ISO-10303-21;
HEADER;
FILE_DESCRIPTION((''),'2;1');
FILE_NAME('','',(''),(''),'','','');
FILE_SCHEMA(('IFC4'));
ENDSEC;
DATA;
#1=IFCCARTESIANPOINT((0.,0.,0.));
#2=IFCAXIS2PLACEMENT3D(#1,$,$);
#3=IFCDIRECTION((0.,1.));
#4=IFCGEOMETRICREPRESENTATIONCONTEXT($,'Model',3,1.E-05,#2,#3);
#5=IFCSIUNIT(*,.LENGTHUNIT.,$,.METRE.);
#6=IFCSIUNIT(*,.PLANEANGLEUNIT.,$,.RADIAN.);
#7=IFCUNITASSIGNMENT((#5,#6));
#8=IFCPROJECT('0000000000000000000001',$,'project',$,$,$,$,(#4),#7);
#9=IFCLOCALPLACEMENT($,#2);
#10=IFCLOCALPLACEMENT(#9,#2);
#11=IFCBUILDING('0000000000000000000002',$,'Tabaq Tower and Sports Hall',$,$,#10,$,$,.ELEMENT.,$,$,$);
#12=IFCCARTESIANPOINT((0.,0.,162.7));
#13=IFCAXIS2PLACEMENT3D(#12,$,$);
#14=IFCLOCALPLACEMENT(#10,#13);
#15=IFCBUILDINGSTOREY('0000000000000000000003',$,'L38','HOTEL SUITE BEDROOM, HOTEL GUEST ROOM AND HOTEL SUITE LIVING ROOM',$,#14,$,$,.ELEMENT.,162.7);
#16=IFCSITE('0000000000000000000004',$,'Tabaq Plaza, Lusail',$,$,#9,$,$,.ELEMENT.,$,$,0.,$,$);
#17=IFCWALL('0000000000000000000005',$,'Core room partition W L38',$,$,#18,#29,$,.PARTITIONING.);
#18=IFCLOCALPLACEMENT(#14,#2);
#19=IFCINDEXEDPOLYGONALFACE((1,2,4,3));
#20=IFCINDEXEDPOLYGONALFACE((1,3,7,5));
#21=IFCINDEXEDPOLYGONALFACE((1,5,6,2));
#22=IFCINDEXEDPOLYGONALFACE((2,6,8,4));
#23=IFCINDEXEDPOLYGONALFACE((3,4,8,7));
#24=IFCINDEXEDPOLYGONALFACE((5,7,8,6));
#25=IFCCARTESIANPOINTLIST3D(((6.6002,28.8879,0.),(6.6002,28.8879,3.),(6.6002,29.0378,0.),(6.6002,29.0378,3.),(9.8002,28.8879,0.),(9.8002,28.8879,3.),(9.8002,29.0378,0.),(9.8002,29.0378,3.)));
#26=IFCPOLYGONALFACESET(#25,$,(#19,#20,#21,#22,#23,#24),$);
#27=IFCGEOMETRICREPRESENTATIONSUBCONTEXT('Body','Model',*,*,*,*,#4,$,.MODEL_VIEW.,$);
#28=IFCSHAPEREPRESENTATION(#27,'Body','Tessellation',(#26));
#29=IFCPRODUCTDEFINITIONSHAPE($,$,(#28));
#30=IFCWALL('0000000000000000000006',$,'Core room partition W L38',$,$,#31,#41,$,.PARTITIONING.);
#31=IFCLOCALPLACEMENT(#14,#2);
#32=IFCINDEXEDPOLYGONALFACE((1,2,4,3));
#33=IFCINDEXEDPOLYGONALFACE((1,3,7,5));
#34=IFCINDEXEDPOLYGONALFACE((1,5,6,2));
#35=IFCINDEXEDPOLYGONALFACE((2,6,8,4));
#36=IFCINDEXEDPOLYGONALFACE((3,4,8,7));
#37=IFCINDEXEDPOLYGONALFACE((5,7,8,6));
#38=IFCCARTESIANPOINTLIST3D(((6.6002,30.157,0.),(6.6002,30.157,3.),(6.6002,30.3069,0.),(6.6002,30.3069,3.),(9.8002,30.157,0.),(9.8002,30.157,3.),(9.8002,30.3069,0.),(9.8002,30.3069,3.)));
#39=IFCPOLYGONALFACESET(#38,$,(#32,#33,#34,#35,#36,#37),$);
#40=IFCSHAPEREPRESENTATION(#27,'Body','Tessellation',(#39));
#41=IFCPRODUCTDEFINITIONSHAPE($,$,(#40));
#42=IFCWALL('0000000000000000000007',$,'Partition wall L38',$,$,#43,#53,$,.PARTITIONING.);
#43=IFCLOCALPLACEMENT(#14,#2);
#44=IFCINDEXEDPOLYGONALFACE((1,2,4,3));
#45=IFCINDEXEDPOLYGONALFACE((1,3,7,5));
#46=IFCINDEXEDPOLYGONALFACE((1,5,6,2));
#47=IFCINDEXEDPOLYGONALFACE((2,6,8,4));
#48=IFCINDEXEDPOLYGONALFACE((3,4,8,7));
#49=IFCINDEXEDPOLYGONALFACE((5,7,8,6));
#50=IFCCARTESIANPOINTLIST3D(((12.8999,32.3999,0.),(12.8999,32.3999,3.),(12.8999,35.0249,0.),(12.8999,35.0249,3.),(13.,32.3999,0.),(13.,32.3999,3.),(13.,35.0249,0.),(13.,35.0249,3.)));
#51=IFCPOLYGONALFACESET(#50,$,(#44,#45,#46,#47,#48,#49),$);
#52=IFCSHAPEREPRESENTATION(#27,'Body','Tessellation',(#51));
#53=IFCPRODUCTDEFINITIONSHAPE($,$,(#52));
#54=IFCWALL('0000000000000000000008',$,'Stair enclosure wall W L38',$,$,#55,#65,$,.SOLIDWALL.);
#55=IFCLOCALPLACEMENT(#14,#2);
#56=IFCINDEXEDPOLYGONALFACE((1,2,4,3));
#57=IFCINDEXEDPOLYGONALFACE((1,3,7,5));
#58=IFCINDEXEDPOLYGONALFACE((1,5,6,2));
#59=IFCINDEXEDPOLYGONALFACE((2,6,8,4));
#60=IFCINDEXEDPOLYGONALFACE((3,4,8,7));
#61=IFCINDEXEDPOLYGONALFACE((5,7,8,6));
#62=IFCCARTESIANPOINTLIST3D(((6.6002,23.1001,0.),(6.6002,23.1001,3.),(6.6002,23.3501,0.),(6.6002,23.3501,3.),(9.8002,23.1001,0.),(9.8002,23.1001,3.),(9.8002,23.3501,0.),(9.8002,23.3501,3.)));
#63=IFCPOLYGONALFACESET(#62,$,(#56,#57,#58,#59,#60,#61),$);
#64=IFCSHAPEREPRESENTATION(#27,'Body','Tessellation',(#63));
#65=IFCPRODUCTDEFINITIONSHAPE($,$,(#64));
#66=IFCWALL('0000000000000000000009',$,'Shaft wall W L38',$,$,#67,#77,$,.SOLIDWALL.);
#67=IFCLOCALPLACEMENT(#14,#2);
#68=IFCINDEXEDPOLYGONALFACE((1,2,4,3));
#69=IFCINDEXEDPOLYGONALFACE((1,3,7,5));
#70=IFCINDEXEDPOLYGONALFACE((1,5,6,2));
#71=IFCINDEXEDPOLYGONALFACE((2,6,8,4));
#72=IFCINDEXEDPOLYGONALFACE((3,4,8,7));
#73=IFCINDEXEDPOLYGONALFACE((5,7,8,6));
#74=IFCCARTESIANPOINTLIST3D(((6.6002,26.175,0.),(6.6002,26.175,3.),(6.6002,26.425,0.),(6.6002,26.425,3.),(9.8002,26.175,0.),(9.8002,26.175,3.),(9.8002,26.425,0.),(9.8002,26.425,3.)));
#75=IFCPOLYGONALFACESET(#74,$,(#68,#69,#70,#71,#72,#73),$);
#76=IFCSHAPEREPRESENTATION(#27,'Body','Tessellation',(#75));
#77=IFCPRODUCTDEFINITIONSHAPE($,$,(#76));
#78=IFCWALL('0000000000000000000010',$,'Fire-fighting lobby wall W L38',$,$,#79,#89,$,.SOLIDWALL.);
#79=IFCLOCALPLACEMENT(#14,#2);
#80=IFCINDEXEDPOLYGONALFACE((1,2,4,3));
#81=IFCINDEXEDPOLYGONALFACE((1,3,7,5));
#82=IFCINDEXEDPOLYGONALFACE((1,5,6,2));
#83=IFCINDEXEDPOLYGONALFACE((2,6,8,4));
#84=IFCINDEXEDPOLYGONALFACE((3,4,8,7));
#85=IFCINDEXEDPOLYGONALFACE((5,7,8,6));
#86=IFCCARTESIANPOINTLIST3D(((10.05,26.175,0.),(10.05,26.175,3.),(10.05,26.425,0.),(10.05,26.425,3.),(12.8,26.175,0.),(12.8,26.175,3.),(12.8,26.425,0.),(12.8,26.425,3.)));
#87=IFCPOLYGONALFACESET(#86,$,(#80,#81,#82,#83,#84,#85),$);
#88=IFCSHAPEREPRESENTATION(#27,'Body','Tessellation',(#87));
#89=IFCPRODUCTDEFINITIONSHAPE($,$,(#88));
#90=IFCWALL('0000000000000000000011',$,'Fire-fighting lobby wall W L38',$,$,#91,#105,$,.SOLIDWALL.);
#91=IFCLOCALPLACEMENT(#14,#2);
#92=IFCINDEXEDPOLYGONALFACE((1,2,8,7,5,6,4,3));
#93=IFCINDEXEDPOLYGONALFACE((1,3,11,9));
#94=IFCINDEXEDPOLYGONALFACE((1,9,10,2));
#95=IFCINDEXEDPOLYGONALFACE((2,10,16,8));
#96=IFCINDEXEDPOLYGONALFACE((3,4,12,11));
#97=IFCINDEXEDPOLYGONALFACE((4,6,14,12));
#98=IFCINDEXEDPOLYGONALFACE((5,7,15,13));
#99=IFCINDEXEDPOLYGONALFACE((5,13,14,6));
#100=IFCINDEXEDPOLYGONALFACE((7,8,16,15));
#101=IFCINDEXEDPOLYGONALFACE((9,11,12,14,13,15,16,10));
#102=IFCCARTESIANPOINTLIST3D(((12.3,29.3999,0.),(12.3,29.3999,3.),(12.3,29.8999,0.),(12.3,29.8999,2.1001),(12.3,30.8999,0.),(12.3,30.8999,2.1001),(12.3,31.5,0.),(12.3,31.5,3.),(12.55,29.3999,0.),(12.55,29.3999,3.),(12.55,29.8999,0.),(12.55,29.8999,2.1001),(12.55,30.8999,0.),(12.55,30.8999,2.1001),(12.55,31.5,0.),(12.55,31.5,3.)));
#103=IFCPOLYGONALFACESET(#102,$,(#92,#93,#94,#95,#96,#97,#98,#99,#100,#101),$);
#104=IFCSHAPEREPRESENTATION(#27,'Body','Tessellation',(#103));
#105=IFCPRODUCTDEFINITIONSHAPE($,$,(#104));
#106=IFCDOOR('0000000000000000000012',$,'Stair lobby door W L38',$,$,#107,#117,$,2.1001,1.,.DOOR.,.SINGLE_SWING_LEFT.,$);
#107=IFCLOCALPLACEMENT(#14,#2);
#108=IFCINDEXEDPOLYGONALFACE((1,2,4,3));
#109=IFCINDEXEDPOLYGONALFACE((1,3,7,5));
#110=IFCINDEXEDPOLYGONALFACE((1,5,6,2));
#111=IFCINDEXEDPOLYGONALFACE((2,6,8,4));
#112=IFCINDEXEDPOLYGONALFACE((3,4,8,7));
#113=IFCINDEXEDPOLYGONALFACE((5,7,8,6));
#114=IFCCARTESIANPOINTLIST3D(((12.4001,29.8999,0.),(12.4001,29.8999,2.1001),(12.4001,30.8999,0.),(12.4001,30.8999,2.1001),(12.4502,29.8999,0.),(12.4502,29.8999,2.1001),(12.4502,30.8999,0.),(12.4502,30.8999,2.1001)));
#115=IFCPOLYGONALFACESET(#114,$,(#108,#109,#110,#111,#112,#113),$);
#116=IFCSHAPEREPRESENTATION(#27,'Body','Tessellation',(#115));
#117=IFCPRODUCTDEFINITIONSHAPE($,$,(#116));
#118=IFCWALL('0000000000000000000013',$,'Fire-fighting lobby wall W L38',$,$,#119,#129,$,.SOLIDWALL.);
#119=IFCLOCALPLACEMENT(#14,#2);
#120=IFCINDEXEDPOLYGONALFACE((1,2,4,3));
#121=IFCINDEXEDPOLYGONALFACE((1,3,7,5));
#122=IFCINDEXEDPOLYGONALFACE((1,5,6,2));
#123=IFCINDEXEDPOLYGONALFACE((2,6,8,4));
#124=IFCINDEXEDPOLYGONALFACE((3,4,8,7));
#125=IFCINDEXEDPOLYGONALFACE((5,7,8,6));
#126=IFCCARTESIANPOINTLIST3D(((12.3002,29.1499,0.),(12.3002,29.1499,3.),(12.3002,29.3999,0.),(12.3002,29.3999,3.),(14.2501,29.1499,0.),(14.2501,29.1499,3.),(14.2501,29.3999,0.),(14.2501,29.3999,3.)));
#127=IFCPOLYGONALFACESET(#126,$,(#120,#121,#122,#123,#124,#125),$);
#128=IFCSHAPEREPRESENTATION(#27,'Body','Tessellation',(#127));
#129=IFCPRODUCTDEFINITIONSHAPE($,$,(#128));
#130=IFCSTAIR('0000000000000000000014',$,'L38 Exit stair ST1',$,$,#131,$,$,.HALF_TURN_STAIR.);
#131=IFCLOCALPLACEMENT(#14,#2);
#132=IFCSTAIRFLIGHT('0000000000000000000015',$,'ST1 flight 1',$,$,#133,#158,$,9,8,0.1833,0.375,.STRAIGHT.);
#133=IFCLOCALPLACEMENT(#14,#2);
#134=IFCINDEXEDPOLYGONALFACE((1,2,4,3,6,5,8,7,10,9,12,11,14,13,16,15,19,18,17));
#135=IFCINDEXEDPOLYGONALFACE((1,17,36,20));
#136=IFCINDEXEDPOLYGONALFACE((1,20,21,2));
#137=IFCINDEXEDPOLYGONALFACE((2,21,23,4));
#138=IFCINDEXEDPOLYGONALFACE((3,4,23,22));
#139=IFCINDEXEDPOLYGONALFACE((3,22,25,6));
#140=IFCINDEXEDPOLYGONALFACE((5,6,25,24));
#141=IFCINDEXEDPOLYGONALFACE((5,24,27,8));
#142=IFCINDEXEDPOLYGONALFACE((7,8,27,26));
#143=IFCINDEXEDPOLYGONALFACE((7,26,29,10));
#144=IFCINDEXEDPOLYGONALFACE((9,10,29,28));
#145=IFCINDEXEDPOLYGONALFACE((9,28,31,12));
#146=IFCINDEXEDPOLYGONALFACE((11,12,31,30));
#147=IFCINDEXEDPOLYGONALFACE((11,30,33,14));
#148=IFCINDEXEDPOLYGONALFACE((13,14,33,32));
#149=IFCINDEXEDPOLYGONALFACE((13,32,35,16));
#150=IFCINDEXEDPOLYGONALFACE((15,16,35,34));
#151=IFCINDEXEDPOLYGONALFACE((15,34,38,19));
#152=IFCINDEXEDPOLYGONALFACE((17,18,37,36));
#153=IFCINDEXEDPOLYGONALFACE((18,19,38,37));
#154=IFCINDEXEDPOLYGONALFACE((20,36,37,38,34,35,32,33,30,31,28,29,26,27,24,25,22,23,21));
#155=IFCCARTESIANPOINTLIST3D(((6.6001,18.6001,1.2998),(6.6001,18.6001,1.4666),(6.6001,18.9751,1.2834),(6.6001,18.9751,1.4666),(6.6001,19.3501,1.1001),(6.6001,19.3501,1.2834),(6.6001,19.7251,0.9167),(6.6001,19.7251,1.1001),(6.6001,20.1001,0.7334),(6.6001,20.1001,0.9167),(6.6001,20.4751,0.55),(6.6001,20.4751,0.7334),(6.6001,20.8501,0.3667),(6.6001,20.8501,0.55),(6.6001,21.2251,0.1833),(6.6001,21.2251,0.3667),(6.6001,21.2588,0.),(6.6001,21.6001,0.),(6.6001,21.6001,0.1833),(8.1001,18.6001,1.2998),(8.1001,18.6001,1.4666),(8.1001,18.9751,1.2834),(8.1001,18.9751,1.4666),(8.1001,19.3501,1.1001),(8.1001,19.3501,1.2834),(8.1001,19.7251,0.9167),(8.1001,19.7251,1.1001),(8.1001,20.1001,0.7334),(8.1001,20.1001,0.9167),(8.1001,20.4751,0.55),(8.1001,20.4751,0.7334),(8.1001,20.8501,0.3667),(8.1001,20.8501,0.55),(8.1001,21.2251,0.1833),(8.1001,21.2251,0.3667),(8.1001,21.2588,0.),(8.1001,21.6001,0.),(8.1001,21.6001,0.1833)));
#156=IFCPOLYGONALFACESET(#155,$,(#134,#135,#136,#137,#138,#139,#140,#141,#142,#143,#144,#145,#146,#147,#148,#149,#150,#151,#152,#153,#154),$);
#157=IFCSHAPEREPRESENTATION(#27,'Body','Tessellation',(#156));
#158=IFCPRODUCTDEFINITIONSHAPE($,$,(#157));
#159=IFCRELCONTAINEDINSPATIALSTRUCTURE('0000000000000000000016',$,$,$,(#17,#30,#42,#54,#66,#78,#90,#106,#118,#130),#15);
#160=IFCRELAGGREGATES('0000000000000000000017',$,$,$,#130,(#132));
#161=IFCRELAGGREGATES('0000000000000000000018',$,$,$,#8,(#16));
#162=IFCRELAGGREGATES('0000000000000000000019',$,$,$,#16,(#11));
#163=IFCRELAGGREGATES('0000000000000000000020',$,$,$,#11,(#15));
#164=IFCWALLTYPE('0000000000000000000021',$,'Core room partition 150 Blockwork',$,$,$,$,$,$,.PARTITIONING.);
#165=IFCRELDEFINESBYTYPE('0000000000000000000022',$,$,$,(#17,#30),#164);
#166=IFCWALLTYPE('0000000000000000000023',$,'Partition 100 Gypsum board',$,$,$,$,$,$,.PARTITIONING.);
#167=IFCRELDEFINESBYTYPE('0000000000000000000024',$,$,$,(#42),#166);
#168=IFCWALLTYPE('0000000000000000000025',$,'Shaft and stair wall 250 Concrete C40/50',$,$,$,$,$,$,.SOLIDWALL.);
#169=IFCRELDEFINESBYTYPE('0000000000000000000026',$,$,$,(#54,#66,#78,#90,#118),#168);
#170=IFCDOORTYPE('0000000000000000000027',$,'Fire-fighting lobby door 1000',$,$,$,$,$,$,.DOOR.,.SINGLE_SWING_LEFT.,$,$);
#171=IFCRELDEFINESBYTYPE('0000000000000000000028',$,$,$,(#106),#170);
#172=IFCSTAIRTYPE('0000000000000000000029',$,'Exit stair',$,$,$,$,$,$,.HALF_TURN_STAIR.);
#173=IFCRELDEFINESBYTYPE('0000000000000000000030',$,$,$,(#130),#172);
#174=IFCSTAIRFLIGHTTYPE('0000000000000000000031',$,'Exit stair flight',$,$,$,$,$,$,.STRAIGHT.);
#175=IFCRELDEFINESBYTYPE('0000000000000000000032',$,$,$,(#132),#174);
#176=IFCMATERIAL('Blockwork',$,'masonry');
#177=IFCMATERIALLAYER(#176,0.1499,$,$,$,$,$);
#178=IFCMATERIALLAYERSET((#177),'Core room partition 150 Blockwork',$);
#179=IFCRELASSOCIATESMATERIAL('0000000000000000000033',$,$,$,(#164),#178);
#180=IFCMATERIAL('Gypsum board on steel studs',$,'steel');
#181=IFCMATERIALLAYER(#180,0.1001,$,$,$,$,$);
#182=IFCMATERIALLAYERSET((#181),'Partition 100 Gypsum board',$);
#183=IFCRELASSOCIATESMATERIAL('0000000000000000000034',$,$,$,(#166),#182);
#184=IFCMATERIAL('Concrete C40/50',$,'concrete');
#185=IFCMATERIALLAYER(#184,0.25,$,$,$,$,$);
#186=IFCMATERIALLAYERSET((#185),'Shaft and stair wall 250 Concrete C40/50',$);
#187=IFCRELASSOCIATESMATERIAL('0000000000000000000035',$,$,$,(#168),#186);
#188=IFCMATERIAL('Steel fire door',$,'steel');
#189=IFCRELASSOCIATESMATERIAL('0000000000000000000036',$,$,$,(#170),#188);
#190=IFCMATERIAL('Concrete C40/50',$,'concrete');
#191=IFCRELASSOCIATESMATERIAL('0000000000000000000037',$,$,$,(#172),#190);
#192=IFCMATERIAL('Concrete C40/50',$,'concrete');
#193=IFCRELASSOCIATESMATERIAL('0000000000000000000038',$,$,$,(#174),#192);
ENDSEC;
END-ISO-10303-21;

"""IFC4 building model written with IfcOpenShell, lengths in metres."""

from ifc_helpers import new_model, si_unit, direction, frame, frame_2d, origin, place, context, subcontext, project, spatial, polyline, rectangle, outline, extrude, material, layer, layer_set, type_object, element, fill, aggregate, save


model = new_model("IFC4")

# Units and contexts
model_context = context("Model", 3, precision=1e-05, world=origin(), true_north=direction((0.0, 1.0)))
body_context = subcontext(model_context, "Body", "Model", "MODEL_VIEW")
ifc_project = project(units=[si_unit("LENGTHUNIT", "METRE"), si_unit("PLANEANGLEUNIT", "RADIAN")], contexts=[model_context])

# Site, building, storey
site_placement = place(None, origin())
site = spatial("IfcSite", under=ifc_project, at=site_placement, Name="Tabaq Plaza, Lusail", CompositionType="ELEMENT", RefElevation=0.0)
building_placement = place(site_placement, origin())
building = spatial("IfcBuilding", under=site, at=building_placement, Name="Tabaq Tower and Sports Hall", CompositionType="ELEMENT")
storey_placement = place(building_placement, frame((0.0, 0.0, 162.7)))
storey = spatial("IfcBuildingStorey", under=building, at=storey_placement, Name="L38", Description="HOTEL SUITE BEDROOM, HOTEL GUEST ROOM AND HOTEL SUITE LIVING ROOM", CompositionType="ELEMENT", Elevation=162.7)

# Walls
ifc_material_1 = material(Name="Blockwork", Category="masonry")
ifc_layer_1 = layer(ifc_material_1, 0.1499)
ifc_layer_set_1 = layer_set([ifc_layer_1], Name="Core room partition 150 Blockwork")
wall_type_1 = type_object("IfcWallType", Name="Core room partition 150 Blockwork", PredefinedType="PARTITIONING", material=ifc_layer_set_1)
for number, where, z_axis, x_axis, name in (
    (1, (6.6001, 28.9629, 0.0), (0.0, 0.0, 1.0), (1.0, 0.0, 0.0), "Core room partition W L38"),
    (2, (6.6001, 30.2319, 0.0), (0.0, 0.0, 1.0), (1.0, 0.0, 0.0), "Core room partition W L38"),
):
    element("IfcWall", number, at=place(storey_placement, frame(where, z_axis=z_axis, x_axis=x_axis)), inside=storey, type_object=wall_type_1, Name=name, PredefinedType="PARTITIONING", context=body_context, shape_type="SweptSolid", body=[
        extrude(rectangle(XDim=3.2, YDim=0.1499, at=frame_2d((1.6001, 0.0))), origin(), (0.0, 0.0, 1.0), 3.0),
    ])

# Walls
ifc_material_2 = material(Name="Gypsum board on steel studs", Category="steel")
ifc_layer_2 = layer(ifc_material_2, 0.1001)
ifc_layer_set_2 = layer_set([ifc_layer_2], Name="Partition 100 Gypsum board")
wall_type_2 = type_object("IfcWallType", Name="Partition 100 Gypsum board", PredefinedType="PARTITIONING", material=ifc_layer_set_2)
wall_1_placement = place(storey_placement, frame((12.95, 32.3999, 0.0), z_axis=(0.0, 0.0, 1.0), x_axis=(0.0, 1.0, 0.0)))
element("IfcWall", 3, at=wall_1_placement, inside=storey, type_object=wall_type_2, Name="Partition wall L38", PredefinedType="PARTITIONING", context=body_context, shape_type="SweptSolid", body=[
    extrude(rectangle(XDim=2.625, YDim=0.1001, at=frame_2d((1.3125, 0.0))), origin(), (0.0, 0.0, 1.0), 3.0),
])
ifc_material_3 = material(Name="Concrete C40/50", Category="concrete")
ifc_layer_3 = layer(ifc_material_3, 0.25)
ifc_layer_set_3 = layer_set([ifc_layer_3], Name="Shaft and stair wall 250 Concrete C40/50")
wall_type_3 = type_object("IfcWallType", Name="Shaft and stair wall 250 Concrete C40/50", PredefinedType="SOLIDWALL", material=ifc_layer_set_3)
for number, where, z_axis, x_axis, name in (
    (4, (6.6001, 23.2251, 0.0), (0.0, 0.0, 1.0), (1.0, 0.0, 0.0), "Stair enclosure wall W L38"),
    (5, (6.6001, 26.3, 0.0), (0.0, 0.0, 1.0), (1.0, 0.0, 0.0), "Shaft wall W L38"),
):
    element("IfcWall", number, at=place(storey_placement, frame(where, z_axis=z_axis, x_axis=x_axis)), inside=storey, type_object=wall_type_3, Name=name, PredefinedType="SOLIDWALL", context=body_context, shape_type="SweptSolid", body=[
        extrude(rectangle(XDim=3.2, YDim=0.25, at=frame_2d((1.6001, 0.0))), origin(), (0.0, 0.0, 1.0), 3.0),
    ])
wall_2_placement = place(storey_placement, frame((10.05, 26.3, 0.0), z_axis=(0.0, 0.0, 1.0), x_axis=(1.0, 0.0, 0.0)))
element("IfcWall", 6, at=wall_2_placement, inside=storey, type_object=wall_type_3, Name="Fire-fighting lobby wall W L38", PredefinedType="SOLIDWALL", context=body_context, shape_type="SweptSolid", body=[
    extrude(rectangle(XDim=2.75, YDim=0.25, at=frame_2d((1.375, 0.0))), origin(), (0.0, 0.0, 1.0), 3.0),
])

# Wall, opening, door
wall_3_placement = place(storey_placement, frame((12.425, 29.3999, 0.0), z_axis=(0.0, 0.0, 1.0), x_axis=(0.0, 1.0, 0.0)))
wall_3 = element("IfcWall", 7, at=wall_3_placement, inside=storey, type_object=wall_type_3, Name="Fire-fighting lobby wall W L38", PredefinedType="SOLIDWALL", context=body_context, shape_type="SweptSolid", body=[
    extrude(rectangle(XDim=2.1001, YDim=0.25, at=frame_2d((1.05, 0.0))), origin(), (0.0, 0.0, 1.0), 3.0),
])
opening_1_placement = place(wall_3_placement, frame((0.5, 0.0, 0.0)))
opening_1 = element("IfcOpeningElement", 8, at=opening_1_placement, cuts=wall_3, PredefinedType="OPENING", context=body_context, shape_type="SweptSolid", body=[
    extrude(rectangle(XDim=1.0, YDim=2.1001, at=frame_2d((0.5, 1.05))), frame((0.0, 0.125, 0.0), z_axis=(0.0, -1.0, 0.0), x_axis=(1.0, 0.0, 0.0)), (0.0, 0.0, 1.0), 0.25),
])
ifc_material_4 = material(Name="Steel fire door", Category="steel")
door_type_1 = type_object("IfcDoorType", Name="Fire-fighting lobby door 1000", OperationType="SINGLE_SWING_LEFT", PredefinedType="DOOR", material=ifc_material_4)
door_1_placement = place(opening_1_placement, origin())
door_1 = element("IfcDoor", 9, at=door_1_placement, inside=storey, type_object=door_type_1, Name="Stair lobby door W L38", OperationType="SINGLE_SWING_LEFT", OverallHeight=2.1001, OverallWidth=1.0, PredefinedType="DOOR", context=body_context, shape_type="SweptSolid", body=[
    extrude(rectangle(XDim=1.0, YDim=2.1001, at=frame_2d((0.5, 1.05))), frame((0.0, 0.0249, 0.0), z_axis=(0.0, -1.0, 0.0), x_axis=(1.0, 0.0, 0.0)), (0.0, 0.0, 1.0), 0.05),
])
fill(opening_1, door_1)

# Wall
wall_4_placement = place(storey_placement, frame((12.3, 29.2749, 0.0), z_axis=(0.0, 0.0, 1.0), x_axis=(1.0, 0.0, 0.0)))
element("IfcWall", 10, at=wall_4_placement, inside=storey, type_object=wall_type_3, Name="Fire-fighting lobby wall W L38", PredefinedType="SOLIDWALL", context=body_context, shape_type="SweptSolid", body=[
    extrude(rectangle(XDim=1.95, YDim=0.25, at=frame_2d((0.9751, 0.0))), origin(), (0.0, 0.0, 1.0), 3.0),
])

# Stair, stair flight
ifc_material_5 = material(Name="Concrete C40/50", Category="concrete")
stair_type = type_object("IfcStairType", Name="Exit stair", PredefinedType="HALF_TURN_STAIR", material=ifc_material_5)
stair_placement = place(storey_placement, origin())
stair = element("IfcStair", 11, at=stair_placement, inside=storey, type_object=stair_type, Name="L38 Exit stair ST1", PredefinedType="HALF_TURN_STAIR")
ifc_material_6 = material(Name="Concrete C40/50", Category="concrete")
stair_flight_type = type_object("IfcStairFlightType", Name="Exit stair flight", PredefinedType="STRAIGHT", material=ifc_material_6)
stair_flight_placement = place(storey_placement, frame((7.3501, 21.6001, 0.0), z_axis=(0.0, 0.0, 1.0), x_axis=(0.0, -1.0, 0.0)))
stair_flight = element("IfcStairFlight", 12, at=stair_flight_placement, type_object=stair_flight_type, Name="ST1 flight 1", NumberOfRisers=9, NumberOfTreads=8, PredefinedType="STRAIGHT", RiserHeight=0.1833, TreadLength=0.375, context=body_context, shape_type="SweptSolid", body=[
    extrude(outline(polyline([(0.0, 0.0), (0.0, 0.1833), (0.375, 0.1833), (0.375, 0.3667), (0.75, 0.3667), (0.75, 0.55), (1.125, 0.55), (1.125, 0.7334), (1.5, 0.7334), (1.5, 0.9167), (1.875, 0.9167), (1.875, 1.1001), (2.25, 1.1001), (2.25, 1.2834), (2.625, 1.2834), (2.625, 1.4666), (3.0, 1.4666), (3.0, 1.6499), (3.0, 1.2998), (0.3413, 0.0), (0.0, 0.0)])), frame((0.0, 0.75, 0.0), z_axis=(0.0, -1.0, 0.0), x_axis=(1.0, 0.0, 0.0)), (0.0, 0.0, 1.0), 1.5),
])
aggregate(stair, [stair_flight])

save(model, "model.ifc")
